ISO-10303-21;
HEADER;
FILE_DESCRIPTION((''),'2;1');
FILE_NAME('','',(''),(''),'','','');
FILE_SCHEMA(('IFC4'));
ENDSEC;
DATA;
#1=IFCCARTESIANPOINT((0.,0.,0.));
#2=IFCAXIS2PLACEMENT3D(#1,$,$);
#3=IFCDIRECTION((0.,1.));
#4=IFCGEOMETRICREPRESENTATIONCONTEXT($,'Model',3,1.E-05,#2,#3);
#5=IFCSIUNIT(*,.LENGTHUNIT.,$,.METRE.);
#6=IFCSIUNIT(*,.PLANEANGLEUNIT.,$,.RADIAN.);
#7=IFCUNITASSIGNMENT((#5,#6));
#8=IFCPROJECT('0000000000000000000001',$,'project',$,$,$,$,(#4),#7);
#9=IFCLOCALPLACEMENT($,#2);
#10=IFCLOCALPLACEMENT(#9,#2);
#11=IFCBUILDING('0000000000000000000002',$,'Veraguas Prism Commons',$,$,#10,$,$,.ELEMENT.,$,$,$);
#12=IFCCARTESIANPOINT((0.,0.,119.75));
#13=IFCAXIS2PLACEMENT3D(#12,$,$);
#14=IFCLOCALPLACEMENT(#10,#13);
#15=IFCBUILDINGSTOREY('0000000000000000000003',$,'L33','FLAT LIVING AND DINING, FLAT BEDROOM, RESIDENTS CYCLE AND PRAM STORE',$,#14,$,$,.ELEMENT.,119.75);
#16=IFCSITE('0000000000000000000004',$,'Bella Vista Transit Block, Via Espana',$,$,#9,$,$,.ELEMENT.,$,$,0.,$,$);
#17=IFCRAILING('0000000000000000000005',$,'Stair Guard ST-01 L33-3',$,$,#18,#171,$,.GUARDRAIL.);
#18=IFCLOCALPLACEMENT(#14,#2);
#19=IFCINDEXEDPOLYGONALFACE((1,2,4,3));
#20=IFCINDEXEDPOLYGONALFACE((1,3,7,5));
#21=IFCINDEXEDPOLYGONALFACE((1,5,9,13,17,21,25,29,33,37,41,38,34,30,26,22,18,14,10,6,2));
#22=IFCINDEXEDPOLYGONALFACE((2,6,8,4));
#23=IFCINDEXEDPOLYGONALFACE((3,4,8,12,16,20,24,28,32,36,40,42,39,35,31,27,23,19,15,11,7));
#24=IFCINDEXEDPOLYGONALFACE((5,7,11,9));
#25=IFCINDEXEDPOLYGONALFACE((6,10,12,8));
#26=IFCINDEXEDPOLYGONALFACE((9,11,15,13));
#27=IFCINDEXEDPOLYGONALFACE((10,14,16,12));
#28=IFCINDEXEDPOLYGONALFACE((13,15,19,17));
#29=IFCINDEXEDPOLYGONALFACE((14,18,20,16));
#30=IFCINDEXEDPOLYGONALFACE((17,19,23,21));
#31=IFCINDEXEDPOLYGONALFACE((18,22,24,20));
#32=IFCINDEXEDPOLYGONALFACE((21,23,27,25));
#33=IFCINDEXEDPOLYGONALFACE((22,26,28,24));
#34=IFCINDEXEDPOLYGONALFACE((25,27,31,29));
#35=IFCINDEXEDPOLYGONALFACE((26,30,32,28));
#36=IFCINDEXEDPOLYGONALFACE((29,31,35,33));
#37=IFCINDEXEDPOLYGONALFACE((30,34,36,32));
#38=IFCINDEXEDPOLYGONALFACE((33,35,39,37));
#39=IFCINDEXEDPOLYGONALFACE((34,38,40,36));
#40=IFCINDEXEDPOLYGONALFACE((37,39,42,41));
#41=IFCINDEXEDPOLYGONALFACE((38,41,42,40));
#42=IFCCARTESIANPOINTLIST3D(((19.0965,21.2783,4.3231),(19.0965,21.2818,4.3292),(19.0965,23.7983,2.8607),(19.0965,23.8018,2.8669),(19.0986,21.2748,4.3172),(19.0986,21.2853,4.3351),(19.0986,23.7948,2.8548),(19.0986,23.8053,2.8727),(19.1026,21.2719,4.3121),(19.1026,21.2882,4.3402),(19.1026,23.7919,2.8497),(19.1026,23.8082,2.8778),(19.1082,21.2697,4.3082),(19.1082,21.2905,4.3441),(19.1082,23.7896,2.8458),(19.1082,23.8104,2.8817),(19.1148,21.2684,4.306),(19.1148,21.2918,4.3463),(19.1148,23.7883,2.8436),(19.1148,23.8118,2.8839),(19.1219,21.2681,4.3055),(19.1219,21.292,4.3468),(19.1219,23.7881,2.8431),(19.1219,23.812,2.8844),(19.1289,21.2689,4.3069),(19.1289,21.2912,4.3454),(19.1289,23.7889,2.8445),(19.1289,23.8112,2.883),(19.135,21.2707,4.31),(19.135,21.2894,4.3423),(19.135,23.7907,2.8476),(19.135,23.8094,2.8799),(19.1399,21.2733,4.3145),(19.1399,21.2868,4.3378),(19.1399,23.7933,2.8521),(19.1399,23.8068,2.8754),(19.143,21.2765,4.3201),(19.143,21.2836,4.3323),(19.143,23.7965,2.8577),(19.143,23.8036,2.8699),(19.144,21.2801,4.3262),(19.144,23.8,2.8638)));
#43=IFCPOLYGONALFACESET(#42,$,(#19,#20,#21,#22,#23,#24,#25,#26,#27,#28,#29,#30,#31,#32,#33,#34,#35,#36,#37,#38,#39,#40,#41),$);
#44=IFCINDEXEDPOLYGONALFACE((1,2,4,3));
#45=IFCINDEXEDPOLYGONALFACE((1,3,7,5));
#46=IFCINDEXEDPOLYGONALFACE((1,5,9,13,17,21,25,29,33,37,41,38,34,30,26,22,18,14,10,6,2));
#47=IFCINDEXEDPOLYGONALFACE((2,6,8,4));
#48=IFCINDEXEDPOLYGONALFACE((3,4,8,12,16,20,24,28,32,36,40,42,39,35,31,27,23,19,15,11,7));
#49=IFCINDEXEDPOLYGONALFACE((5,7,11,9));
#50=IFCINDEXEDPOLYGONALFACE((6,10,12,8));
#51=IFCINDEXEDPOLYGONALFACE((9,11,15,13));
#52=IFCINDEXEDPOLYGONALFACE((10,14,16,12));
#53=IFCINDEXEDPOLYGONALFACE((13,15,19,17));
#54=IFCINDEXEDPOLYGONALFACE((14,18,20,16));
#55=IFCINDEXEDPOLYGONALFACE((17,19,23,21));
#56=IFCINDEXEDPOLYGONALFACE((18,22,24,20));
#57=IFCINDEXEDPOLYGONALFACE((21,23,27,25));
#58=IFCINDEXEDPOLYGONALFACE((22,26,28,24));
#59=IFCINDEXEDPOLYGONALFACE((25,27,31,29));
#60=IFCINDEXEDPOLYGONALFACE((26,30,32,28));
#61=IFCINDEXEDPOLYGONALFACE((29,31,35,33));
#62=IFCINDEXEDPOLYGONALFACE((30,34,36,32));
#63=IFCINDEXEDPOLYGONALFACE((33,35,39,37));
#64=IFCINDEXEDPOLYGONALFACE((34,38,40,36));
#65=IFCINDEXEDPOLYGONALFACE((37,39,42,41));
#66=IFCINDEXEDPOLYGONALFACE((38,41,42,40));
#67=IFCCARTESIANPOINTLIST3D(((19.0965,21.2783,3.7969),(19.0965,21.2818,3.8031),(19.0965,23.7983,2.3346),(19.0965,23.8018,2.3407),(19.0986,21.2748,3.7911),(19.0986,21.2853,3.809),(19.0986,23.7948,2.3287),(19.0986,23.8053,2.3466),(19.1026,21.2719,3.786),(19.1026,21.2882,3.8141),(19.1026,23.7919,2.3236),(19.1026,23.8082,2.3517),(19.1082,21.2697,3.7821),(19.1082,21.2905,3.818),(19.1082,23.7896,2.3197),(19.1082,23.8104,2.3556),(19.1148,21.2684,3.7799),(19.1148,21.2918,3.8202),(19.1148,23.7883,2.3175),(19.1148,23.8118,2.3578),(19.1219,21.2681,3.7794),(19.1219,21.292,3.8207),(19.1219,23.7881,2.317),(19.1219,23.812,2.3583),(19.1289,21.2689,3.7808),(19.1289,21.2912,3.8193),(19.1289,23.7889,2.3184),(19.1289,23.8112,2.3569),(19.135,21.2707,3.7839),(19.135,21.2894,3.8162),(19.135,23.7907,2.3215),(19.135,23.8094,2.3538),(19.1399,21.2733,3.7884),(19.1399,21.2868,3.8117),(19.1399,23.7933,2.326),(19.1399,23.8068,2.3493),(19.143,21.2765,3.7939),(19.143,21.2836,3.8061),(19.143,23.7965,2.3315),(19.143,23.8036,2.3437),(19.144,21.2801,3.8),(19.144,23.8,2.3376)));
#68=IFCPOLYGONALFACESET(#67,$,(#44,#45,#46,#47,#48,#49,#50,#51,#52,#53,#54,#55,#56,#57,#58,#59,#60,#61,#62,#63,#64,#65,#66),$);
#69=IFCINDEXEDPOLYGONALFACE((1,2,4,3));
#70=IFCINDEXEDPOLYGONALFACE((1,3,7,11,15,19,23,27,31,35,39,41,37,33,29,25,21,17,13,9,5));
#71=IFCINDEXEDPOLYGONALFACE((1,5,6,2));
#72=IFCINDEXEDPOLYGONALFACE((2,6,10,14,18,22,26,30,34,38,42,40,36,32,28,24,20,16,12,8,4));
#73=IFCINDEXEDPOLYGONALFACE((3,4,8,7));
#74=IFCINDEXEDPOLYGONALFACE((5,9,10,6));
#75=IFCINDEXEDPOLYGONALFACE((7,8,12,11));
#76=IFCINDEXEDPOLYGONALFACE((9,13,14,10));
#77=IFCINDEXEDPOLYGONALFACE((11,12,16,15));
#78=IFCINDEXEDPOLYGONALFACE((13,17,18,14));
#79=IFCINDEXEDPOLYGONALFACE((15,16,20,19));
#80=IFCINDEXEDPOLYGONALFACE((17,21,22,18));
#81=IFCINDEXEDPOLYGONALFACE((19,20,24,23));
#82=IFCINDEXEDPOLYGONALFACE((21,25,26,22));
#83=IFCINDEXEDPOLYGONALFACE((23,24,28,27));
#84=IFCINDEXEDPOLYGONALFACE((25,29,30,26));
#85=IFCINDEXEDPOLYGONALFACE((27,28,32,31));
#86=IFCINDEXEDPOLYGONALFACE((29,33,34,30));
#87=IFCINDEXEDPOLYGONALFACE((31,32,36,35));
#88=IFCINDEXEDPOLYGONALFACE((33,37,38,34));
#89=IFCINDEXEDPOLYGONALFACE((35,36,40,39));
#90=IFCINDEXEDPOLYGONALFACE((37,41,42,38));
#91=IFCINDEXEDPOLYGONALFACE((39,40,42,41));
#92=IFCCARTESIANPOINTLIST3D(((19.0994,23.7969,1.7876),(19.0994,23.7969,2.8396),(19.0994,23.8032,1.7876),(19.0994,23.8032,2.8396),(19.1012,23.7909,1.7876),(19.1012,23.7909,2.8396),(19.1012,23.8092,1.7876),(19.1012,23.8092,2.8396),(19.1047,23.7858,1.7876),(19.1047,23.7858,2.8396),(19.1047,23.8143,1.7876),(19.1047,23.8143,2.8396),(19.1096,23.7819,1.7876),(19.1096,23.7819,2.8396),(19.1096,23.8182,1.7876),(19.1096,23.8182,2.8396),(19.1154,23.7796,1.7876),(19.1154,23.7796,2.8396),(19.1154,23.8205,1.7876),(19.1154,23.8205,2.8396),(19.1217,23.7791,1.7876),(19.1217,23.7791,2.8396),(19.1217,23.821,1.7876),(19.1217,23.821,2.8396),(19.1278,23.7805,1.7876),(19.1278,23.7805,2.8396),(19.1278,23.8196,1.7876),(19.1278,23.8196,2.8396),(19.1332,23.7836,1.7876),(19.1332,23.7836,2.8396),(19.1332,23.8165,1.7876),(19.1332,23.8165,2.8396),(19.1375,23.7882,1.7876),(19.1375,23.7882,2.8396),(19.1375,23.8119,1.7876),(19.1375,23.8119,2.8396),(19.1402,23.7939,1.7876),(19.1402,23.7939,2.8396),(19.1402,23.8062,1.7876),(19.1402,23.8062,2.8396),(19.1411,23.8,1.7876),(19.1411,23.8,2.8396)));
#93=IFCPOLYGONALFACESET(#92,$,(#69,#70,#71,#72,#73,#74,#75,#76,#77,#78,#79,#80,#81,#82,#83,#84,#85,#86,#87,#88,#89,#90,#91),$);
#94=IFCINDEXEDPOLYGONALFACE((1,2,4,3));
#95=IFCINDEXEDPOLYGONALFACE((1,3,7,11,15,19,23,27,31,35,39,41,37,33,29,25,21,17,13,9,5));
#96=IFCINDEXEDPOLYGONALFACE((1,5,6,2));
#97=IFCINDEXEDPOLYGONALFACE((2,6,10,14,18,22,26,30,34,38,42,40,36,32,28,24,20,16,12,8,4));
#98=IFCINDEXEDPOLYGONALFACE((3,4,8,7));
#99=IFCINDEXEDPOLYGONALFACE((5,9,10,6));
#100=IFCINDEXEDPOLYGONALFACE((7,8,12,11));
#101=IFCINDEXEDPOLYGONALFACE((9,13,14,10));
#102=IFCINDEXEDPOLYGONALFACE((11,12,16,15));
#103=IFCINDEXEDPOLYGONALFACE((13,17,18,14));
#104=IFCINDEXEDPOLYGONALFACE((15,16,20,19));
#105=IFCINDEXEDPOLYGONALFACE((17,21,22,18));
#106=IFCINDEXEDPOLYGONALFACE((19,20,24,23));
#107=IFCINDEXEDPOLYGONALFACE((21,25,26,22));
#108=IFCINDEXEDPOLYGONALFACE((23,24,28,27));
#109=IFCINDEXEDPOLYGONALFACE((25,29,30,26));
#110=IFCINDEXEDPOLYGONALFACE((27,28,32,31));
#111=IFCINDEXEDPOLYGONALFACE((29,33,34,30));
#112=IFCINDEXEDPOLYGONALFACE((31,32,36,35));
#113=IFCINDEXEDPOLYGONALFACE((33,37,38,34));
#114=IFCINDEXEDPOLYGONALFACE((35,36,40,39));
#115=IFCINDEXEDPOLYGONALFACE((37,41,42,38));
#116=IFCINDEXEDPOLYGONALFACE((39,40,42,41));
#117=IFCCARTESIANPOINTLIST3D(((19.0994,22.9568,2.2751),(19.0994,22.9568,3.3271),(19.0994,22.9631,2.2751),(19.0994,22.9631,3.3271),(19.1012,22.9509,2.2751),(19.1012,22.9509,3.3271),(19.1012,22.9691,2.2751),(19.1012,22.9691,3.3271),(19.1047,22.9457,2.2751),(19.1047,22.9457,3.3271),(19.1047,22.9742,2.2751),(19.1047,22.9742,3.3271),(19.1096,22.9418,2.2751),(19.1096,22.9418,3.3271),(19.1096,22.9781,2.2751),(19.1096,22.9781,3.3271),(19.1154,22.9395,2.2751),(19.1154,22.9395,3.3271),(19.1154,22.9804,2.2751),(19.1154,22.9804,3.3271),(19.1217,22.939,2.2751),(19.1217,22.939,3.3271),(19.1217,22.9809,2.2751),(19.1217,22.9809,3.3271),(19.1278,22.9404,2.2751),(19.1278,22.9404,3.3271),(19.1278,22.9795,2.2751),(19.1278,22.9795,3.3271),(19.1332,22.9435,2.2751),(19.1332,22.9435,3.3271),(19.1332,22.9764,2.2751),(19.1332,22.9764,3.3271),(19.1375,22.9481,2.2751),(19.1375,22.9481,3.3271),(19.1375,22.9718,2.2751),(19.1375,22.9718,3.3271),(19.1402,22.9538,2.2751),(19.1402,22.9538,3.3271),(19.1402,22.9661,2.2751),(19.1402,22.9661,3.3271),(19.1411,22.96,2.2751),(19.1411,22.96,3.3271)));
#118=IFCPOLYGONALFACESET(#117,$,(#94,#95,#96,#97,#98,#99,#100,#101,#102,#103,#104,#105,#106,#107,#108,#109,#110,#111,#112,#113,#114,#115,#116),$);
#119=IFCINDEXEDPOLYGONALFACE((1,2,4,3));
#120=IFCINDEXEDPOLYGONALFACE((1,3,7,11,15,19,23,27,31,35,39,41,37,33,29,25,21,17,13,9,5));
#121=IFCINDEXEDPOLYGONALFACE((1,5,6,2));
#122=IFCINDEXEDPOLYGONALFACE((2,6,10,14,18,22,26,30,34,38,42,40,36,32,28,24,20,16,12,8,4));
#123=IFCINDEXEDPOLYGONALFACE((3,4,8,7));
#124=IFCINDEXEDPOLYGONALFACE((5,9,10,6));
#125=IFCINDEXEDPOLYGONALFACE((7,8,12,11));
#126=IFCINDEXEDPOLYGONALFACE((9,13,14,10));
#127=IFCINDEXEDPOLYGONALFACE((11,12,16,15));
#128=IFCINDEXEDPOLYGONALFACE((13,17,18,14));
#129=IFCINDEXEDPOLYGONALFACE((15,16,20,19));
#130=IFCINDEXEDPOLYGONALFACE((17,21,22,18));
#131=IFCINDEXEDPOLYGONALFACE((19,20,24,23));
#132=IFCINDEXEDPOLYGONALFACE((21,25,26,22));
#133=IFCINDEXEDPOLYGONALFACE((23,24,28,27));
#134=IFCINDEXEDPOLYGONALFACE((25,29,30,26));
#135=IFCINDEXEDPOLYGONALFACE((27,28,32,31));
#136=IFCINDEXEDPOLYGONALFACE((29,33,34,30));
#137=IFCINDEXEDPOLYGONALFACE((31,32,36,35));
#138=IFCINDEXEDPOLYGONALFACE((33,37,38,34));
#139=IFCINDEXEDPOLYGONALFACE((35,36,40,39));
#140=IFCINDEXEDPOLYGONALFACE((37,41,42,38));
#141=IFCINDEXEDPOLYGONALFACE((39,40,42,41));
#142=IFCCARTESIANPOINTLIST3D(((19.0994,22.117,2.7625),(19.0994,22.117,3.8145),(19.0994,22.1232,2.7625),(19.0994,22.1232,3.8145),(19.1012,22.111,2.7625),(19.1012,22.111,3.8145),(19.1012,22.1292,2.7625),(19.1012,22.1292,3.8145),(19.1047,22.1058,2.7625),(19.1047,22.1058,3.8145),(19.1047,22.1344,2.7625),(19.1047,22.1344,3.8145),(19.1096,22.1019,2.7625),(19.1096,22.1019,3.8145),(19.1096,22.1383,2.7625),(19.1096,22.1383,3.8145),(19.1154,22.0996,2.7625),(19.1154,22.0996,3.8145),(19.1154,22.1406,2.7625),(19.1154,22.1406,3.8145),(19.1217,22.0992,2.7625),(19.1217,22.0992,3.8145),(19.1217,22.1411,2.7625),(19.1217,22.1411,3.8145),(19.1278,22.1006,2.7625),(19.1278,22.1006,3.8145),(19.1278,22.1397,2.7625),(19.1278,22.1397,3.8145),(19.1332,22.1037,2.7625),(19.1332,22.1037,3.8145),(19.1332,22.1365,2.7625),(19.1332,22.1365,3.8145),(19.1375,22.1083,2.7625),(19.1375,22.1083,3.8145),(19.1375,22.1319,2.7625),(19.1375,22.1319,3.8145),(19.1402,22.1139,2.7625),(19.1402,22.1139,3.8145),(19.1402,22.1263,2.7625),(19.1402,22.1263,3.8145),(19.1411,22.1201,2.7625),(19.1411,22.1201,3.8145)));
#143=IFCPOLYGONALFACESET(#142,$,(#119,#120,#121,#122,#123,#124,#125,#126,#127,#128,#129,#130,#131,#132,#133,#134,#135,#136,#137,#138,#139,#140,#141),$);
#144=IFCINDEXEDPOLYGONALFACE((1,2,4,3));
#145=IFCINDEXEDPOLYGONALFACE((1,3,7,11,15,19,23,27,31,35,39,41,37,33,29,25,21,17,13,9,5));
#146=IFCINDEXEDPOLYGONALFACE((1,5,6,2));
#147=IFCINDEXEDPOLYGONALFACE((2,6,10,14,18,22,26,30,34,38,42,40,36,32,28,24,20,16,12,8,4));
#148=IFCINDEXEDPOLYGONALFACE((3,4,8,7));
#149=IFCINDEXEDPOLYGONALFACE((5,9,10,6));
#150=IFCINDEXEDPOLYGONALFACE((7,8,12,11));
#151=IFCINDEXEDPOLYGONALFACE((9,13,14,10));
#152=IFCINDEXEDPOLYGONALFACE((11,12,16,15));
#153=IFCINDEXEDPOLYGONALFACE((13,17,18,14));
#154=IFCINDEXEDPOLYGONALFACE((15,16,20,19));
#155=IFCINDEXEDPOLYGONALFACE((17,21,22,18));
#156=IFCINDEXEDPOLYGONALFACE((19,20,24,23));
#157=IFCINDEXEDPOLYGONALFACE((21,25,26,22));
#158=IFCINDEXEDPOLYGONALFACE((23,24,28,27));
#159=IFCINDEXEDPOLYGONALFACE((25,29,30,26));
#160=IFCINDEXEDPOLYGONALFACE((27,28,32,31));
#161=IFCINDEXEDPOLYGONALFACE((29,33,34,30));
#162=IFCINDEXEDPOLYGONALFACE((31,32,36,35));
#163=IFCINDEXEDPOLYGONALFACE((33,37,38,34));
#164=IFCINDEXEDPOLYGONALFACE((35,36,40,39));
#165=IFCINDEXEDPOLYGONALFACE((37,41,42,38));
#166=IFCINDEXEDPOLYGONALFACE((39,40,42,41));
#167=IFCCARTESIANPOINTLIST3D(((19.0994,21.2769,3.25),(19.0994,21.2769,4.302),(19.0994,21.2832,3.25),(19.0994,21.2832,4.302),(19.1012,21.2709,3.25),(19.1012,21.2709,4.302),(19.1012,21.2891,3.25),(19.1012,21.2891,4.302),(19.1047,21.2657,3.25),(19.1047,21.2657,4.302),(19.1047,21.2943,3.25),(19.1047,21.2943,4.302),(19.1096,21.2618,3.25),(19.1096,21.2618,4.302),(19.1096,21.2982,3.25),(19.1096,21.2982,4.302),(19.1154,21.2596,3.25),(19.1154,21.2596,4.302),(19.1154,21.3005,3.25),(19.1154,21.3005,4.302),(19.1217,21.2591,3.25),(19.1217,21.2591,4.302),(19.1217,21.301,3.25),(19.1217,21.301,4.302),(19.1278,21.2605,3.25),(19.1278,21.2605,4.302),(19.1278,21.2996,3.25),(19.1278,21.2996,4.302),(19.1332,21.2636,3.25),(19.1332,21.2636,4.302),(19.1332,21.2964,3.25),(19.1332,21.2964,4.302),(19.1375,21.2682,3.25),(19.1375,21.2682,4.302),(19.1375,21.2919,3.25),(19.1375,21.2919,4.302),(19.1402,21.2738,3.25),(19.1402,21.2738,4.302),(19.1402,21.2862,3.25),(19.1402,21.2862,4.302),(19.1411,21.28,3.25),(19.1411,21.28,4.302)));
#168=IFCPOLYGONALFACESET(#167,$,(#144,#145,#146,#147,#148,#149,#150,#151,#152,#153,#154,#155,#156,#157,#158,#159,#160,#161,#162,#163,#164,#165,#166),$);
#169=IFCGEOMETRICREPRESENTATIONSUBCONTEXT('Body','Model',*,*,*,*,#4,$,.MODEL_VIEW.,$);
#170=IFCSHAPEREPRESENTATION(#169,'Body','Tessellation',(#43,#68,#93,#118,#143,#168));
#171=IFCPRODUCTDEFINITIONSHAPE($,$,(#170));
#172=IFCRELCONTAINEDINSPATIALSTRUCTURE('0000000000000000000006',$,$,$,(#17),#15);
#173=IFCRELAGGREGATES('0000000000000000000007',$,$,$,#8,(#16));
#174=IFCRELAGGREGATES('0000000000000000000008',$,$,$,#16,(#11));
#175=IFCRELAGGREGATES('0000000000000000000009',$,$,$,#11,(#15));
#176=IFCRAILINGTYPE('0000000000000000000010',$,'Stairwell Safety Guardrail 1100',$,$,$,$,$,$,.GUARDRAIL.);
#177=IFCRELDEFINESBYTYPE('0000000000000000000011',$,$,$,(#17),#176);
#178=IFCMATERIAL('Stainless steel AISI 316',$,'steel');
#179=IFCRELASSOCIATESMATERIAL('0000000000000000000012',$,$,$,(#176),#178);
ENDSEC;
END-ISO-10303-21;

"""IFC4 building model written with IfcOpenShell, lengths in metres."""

from ifc_helpers import new_model, si_unit, direction, frame, origin, origin_2d, place, context, subcontext, project, spatial, circle, extrude, material, type_object, element, save


model = new_model("IFC4")

# Units and contexts
model_context = context("Model", 3, precision=1e-05, world=origin(), true_north=direction((0.0, 1.0)))
body_context = subcontext(model_context, "Body", "Model", "MODEL_VIEW")
ifc_project = project(units=[si_unit("LENGTHUNIT", "METRE"), si_unit("PLANEANGLEUNIT", "RADIAN")], contexts=[model_context])

# Site, building, storey
site_placement = place(None, origin())
site = spatial("IfcSite", under=ifc_project, at=site_placement, Name="Bella Vista Transit Block, Via Espana", CompositionType="ELEMENT", RefElevation=0.0)
building_placement = place(site_placement, origin())
building = spatial("IfcBuilding", under=site, at=building_placement, Name="Veraguas Prism Commons", CompositionType="ELEMENT")
storey_placement = place(building_placement, frame((0.0, 0.0, 119.75)))
storey = spatial("IfcBuildingStorey", under=building, at=storey_placement, Name="L33", Description="FLAT LIVING AND DINING, FLAT BEDROOM, RESIDENTS CYCLE AND PRAM STORE", CompositionType="ELEMENT", Elevation=119.75)

# Railing
ifc_material_1 = material(Name="Stainless steel AISI 316", Category="steel")
railing_type_1 = type_object("IfcRailingType", Name="Stairwell Safety Guardrail 1100", PredefinedType="GUARDRAIL", material=ifc_material_1)
railing_1_placement = place(storey_placement, frame((19.1201, 23.8, 1.7876)))
element("IfcRailing", 1, at=railing_1_placement, inside=storey, type_object=railing_type_1, Name="Stair Guard ST-01 L33-3", PredefinedType="GUARDRAIL", context=body_context, shape_type="SweptSolid", body=[
    extrude(circle(Radius=0.0239, at=origin_2d()), frame((0.0, 0.0, 1.0762), z_axis=(0.0, -0.864913, 0.501921), x_axis=(1.0, 0.0, 0.0)), (0.0, 0.0, 1.0), 2.9136),
    extrude(circle(Radius=0.0239, at=origin_2d()), frame((0.0, 0.0, 0.55), z_axis=(0.0, -0.864913, 0.501921), x_axis=(1.0, 0.0, 0.0)), (0.0, 0.0, 1.0), 2.9136),
    extrude(circle(Radius=0.021, at=origin_2d()), origin(), (0.0, 0.0, 1.0), 1.052),
    extrude(circle(Radius=0.021, at=origin_2d()), frame((0.0, -0.8401, 0.4875)), (0.0, 0.0, 1.0), 1.052),
    extrude(circle(Radius=0.021, at=origin_2d()), frame((0.0, -1.6799, 0.9749)), (0.0, 0.0, 1.0), 1.052),
    extrude(circle(Radius=0.021, at=origin_2d()), frame((0.0, -2.52, 1.4624)), (0.0, 0.0, 1.0), 1.052),
])

save(model, "model.ifc")
